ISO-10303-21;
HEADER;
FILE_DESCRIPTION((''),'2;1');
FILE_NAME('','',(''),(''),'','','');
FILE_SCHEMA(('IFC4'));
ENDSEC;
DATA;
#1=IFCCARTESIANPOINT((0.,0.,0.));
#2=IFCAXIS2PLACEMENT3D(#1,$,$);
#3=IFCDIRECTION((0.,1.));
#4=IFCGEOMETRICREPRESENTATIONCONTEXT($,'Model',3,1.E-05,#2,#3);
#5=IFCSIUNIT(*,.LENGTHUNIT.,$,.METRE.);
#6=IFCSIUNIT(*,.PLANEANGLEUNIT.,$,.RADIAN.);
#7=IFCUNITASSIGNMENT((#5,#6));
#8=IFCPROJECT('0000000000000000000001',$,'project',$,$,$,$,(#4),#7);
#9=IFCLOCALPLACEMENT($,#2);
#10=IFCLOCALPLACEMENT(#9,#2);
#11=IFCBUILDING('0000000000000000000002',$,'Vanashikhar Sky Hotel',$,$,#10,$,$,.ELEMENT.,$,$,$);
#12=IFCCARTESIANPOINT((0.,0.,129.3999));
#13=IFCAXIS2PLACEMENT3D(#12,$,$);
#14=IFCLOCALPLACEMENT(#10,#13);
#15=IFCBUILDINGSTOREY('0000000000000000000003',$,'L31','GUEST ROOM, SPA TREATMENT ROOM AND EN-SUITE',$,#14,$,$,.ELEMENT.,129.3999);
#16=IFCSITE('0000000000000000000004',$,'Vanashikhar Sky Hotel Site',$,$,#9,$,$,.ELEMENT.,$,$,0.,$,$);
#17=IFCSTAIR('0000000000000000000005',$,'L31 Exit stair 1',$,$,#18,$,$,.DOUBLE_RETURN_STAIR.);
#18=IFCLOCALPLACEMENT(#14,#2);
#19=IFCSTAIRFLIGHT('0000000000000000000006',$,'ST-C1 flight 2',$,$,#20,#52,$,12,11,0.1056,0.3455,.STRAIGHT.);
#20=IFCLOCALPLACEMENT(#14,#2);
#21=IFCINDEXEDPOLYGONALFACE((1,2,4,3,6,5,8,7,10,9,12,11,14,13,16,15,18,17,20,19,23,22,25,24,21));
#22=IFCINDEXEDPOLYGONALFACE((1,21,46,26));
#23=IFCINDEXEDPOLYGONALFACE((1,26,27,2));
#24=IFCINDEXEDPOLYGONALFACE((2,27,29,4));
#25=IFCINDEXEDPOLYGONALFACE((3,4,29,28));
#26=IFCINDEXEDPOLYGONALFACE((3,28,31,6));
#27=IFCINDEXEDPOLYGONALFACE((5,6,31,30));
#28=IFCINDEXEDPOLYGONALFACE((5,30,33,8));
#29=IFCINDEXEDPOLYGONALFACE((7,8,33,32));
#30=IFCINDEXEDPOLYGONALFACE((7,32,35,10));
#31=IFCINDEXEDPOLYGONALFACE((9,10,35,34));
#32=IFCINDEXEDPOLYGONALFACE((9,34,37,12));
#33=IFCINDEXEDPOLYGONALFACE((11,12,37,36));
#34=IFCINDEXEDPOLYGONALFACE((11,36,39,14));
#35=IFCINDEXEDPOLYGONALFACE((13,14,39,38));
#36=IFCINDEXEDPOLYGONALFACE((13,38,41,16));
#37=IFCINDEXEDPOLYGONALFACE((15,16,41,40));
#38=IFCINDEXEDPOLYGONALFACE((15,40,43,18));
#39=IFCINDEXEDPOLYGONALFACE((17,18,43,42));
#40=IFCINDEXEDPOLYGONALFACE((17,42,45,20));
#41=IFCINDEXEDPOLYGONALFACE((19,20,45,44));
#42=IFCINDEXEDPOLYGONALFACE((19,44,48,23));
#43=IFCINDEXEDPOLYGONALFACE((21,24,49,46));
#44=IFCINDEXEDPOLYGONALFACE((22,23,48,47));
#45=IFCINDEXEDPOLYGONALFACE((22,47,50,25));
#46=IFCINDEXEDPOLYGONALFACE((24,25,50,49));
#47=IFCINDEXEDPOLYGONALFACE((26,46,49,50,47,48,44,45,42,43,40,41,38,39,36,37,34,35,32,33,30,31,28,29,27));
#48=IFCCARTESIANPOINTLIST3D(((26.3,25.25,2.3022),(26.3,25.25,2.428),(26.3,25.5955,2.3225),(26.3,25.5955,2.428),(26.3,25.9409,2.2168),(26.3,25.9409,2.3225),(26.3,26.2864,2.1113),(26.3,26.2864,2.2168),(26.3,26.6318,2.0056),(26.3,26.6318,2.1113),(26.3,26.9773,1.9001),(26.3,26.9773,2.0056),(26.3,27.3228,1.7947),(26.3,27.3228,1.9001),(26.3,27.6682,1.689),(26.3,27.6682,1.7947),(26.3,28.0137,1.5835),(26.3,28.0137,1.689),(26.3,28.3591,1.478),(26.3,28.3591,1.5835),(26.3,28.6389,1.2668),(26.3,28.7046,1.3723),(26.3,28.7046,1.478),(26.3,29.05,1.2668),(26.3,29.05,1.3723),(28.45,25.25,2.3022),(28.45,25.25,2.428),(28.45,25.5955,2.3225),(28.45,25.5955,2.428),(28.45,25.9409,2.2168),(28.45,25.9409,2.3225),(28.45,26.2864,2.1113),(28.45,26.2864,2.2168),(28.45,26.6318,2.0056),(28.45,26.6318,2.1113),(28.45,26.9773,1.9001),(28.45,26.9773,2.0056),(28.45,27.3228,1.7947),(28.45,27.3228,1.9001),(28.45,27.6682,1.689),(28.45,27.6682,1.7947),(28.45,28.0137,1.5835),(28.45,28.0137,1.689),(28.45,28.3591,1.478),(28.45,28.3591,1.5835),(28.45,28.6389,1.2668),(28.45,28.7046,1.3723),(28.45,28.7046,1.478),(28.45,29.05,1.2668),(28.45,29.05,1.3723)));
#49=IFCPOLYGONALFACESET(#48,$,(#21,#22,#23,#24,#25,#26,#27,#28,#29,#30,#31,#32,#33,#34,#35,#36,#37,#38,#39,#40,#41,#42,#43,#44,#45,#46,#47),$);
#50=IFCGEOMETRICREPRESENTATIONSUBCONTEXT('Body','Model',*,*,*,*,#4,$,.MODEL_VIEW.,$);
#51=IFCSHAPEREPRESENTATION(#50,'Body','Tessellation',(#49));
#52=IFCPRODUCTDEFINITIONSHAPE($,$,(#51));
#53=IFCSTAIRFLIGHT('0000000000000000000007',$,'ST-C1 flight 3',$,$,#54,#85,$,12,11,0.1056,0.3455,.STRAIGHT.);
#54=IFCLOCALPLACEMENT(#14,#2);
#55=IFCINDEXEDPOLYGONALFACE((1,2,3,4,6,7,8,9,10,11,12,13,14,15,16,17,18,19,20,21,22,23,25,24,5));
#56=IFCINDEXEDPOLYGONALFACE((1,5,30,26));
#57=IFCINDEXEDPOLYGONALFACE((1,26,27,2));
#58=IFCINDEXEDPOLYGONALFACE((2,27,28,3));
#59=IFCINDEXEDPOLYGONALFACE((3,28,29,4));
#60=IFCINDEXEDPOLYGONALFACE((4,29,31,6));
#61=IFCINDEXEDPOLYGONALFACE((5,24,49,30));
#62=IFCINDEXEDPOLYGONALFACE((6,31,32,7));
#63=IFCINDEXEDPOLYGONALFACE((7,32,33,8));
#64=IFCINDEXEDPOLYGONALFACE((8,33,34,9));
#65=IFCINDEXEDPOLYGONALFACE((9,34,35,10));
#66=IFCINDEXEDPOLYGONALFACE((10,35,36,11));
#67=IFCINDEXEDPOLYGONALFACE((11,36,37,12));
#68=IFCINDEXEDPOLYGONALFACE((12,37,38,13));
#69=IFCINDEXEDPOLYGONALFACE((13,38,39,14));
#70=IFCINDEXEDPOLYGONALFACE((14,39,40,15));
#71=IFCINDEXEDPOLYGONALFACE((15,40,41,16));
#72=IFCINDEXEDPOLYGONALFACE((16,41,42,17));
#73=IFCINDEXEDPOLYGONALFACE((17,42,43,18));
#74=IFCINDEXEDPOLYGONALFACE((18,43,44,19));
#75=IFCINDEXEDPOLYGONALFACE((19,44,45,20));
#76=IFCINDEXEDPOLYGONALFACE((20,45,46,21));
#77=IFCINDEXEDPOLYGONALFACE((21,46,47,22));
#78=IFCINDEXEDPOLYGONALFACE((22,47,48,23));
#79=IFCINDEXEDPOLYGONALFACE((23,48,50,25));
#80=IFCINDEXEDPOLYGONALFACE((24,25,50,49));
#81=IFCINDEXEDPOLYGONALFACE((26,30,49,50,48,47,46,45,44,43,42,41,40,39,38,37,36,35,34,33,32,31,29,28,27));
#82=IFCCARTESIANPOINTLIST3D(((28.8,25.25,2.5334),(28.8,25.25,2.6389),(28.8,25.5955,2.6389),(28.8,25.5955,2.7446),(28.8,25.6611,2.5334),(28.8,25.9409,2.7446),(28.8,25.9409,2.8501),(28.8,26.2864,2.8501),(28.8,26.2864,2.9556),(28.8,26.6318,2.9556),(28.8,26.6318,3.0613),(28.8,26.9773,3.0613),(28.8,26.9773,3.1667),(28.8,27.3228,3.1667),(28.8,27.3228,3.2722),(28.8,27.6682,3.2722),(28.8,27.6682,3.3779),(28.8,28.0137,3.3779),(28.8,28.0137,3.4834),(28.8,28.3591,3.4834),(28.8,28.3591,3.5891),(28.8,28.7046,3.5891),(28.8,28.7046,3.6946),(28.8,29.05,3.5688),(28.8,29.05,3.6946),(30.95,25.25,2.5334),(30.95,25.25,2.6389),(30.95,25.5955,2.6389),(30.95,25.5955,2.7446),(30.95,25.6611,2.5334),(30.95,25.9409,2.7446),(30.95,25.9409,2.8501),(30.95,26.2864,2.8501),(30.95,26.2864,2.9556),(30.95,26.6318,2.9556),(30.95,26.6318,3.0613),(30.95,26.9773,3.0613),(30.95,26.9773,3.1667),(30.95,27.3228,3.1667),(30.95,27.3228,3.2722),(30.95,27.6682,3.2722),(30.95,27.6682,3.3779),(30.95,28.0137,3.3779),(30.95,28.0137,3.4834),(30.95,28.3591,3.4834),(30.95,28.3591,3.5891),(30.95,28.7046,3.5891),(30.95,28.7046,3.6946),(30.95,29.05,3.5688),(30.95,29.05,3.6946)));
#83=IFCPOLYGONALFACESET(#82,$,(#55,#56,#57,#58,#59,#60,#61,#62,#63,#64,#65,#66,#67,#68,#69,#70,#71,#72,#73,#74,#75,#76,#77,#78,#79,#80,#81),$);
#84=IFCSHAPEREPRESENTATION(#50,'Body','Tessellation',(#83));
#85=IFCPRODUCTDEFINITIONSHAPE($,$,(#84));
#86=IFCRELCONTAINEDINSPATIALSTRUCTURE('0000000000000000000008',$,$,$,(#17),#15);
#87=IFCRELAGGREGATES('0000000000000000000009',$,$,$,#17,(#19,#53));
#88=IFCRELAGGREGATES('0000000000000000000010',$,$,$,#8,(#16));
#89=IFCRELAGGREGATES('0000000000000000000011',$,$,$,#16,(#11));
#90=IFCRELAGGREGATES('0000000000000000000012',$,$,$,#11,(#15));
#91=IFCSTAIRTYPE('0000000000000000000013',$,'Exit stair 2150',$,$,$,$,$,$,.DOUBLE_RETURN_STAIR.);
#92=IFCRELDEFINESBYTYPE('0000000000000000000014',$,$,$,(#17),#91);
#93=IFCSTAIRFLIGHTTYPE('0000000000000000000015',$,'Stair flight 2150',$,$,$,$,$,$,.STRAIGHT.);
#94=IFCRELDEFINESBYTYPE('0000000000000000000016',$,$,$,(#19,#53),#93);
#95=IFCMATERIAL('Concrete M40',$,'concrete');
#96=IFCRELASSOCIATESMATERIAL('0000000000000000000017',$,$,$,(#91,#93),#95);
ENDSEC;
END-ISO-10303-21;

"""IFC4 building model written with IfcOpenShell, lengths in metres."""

from ifc_helpers import new_model, si_unit, direction, frame, origin, place, context, subcontext, project, spatial, polyline, outline, extrude, source, transform, mapped, material, type_object, element, aggregate, save


model = new_model("IFC4")

# Units and contexts
model_context = context("Model", 3, precision=1e-05, world=origin(), true_north=direction((0.0, 1.0)))
body_context = subcontext(model_context, "Body", "Model", "MODEL_VIEW")
ifc_project = project(units=[si_unit("LENGTHUNIT", "METRE"), si_unit("PLANEANGLEUNIT", "RADIAN")], contexts=[model_context])

# Site, building, storey
site_placement = place(None, origin())
site = spatial("IfcSite", under=ifc_project, at=site_placement, Name="Vanashikhar Sky Hotel Site", CompositionType="ELEMENT", RefElevation=0.0)
building_placement = place(site_placement, origin())
building = spatial("IfcBuilding", under=site, at=building_placement, Name="Vanashikhar Sky Hotel", CompositionType="ELEMENT")
storey_placement = place(building_placement, frame((0.0, 0.0, 129.3999)))
storey = spatial("IfcBuildingStorey", under=building, at=storey_placement, Name="L31", Description="GUEST ROOM, SPA TREATMENT ROOM AND EN-SUITE", CompositionType="ELEMENT", Elevation=129.3999)

# Stair, stair flights
ifc_material_1 = material(Name="Concrete M40", Category="concrete")
stair_type = type_object("IfcStairType", Name="Exit stair 2150", PredefinedType="DOUBLE_RETURN_STAIR", material=ifc_material_1)
stair_placement = place(storey_placement, origin())
stair = element("IfcStair", 1, at=stair_placement, inside=storey, type_object=stair_type, Name="L31 Exit stair 1", PredefinedType="DOUBLE_RETURN_STAIR")
stair_flight_type = type_object("IfcStairFlightType", Name="Stair flight 2150", PredefinedType="STRAIGHT", material=ifc_material_1)
shared_shape_1 = source(origin(), body_context, "Body", "SweptSolid", [
    extrude(outline(polyline([(0.0, 0.0), (0.0, 0.1055), (0.3455, 0.1055), (0.3455, 0.2112), (0.6909, 0.2112), (0.6909, 0.3167), (1.0364, 0.3167), (1.0364, 0.4221), (1.3818, 0.4221), (1.3818, 0.5278), (1.7273, 0.5278), (1.7273, 0.6333), (2.0728, 0.6333), (2.0728, 0.7388), (2.4182, 0.7388), (2.4182, 0.8445), (2.7637, 0.8445), (2.7637, 0.95), (3.1091, 0.95), (3.1091, 1.0557), (3.4546, 1.0557), (3.4546, 1.1611), (3.8, 1.1611), (3.8, 1.2666), (3.8, 1.0354), (0.4111, 0.0), (0.0, 0.0)])), frame((0.0, 1.075, 0.0), z_axis=(0.0, -1.0, 0.0), x_axis=(1.0, 0.0, 0.0)), (0.0, 0.0, 1.0), 2.1499),
])
stair_flight_1_placement = place(storey_placement, frame((27.375, 29.05, 1.2668), z_axis=(0.0, 0.0, 1.0), x_axis=(0.0, -1.0, 0.0)))
stair_flight_1 = element("IfcStairFlight", 2, at=stair_flight_1_placement, type_object=stair_flight_type, Name="ST-C1 flight 2", NumberOfRisers=12, NumberOfTreads=11, PredefinedType="STRAIGHT", RiserHeight=0.1056, TreadLength=0.3455, context=body_context, shape_type="MappedRepresentation", body=[
    mapped(shared_shape_1, transform((0.0, 0.0, 0.0), scale=1.0)),
])
stair_flight_2_placement = place(storey_placement, frame((29.875, 25.25, 2.5334), z_axis=(0.0, 0.0, 1.0), x_axis=(0.0, 1.0, 0.0)))
stair_flight_2 = element("IfcStairFlight", 3, at=stair_flight_2_placement, type_object=stair_flight_type, Name="ST-C1 flight 3", NumberOfRisers=12, NumberOfTreads=11, PredefinedType="STRAIGHT", RiserHeight=0.1056, TreadLength=0.3455, context=body_context, shape_type="MappedRepresentation", body=[
    mapped(shared_shape_1, transform((0.0, 0.0, 0.0), scale=1.0)),
])
aggregate(stair, [stair_flight_1, stair_flight_2])

save(model, "model.ifc")
